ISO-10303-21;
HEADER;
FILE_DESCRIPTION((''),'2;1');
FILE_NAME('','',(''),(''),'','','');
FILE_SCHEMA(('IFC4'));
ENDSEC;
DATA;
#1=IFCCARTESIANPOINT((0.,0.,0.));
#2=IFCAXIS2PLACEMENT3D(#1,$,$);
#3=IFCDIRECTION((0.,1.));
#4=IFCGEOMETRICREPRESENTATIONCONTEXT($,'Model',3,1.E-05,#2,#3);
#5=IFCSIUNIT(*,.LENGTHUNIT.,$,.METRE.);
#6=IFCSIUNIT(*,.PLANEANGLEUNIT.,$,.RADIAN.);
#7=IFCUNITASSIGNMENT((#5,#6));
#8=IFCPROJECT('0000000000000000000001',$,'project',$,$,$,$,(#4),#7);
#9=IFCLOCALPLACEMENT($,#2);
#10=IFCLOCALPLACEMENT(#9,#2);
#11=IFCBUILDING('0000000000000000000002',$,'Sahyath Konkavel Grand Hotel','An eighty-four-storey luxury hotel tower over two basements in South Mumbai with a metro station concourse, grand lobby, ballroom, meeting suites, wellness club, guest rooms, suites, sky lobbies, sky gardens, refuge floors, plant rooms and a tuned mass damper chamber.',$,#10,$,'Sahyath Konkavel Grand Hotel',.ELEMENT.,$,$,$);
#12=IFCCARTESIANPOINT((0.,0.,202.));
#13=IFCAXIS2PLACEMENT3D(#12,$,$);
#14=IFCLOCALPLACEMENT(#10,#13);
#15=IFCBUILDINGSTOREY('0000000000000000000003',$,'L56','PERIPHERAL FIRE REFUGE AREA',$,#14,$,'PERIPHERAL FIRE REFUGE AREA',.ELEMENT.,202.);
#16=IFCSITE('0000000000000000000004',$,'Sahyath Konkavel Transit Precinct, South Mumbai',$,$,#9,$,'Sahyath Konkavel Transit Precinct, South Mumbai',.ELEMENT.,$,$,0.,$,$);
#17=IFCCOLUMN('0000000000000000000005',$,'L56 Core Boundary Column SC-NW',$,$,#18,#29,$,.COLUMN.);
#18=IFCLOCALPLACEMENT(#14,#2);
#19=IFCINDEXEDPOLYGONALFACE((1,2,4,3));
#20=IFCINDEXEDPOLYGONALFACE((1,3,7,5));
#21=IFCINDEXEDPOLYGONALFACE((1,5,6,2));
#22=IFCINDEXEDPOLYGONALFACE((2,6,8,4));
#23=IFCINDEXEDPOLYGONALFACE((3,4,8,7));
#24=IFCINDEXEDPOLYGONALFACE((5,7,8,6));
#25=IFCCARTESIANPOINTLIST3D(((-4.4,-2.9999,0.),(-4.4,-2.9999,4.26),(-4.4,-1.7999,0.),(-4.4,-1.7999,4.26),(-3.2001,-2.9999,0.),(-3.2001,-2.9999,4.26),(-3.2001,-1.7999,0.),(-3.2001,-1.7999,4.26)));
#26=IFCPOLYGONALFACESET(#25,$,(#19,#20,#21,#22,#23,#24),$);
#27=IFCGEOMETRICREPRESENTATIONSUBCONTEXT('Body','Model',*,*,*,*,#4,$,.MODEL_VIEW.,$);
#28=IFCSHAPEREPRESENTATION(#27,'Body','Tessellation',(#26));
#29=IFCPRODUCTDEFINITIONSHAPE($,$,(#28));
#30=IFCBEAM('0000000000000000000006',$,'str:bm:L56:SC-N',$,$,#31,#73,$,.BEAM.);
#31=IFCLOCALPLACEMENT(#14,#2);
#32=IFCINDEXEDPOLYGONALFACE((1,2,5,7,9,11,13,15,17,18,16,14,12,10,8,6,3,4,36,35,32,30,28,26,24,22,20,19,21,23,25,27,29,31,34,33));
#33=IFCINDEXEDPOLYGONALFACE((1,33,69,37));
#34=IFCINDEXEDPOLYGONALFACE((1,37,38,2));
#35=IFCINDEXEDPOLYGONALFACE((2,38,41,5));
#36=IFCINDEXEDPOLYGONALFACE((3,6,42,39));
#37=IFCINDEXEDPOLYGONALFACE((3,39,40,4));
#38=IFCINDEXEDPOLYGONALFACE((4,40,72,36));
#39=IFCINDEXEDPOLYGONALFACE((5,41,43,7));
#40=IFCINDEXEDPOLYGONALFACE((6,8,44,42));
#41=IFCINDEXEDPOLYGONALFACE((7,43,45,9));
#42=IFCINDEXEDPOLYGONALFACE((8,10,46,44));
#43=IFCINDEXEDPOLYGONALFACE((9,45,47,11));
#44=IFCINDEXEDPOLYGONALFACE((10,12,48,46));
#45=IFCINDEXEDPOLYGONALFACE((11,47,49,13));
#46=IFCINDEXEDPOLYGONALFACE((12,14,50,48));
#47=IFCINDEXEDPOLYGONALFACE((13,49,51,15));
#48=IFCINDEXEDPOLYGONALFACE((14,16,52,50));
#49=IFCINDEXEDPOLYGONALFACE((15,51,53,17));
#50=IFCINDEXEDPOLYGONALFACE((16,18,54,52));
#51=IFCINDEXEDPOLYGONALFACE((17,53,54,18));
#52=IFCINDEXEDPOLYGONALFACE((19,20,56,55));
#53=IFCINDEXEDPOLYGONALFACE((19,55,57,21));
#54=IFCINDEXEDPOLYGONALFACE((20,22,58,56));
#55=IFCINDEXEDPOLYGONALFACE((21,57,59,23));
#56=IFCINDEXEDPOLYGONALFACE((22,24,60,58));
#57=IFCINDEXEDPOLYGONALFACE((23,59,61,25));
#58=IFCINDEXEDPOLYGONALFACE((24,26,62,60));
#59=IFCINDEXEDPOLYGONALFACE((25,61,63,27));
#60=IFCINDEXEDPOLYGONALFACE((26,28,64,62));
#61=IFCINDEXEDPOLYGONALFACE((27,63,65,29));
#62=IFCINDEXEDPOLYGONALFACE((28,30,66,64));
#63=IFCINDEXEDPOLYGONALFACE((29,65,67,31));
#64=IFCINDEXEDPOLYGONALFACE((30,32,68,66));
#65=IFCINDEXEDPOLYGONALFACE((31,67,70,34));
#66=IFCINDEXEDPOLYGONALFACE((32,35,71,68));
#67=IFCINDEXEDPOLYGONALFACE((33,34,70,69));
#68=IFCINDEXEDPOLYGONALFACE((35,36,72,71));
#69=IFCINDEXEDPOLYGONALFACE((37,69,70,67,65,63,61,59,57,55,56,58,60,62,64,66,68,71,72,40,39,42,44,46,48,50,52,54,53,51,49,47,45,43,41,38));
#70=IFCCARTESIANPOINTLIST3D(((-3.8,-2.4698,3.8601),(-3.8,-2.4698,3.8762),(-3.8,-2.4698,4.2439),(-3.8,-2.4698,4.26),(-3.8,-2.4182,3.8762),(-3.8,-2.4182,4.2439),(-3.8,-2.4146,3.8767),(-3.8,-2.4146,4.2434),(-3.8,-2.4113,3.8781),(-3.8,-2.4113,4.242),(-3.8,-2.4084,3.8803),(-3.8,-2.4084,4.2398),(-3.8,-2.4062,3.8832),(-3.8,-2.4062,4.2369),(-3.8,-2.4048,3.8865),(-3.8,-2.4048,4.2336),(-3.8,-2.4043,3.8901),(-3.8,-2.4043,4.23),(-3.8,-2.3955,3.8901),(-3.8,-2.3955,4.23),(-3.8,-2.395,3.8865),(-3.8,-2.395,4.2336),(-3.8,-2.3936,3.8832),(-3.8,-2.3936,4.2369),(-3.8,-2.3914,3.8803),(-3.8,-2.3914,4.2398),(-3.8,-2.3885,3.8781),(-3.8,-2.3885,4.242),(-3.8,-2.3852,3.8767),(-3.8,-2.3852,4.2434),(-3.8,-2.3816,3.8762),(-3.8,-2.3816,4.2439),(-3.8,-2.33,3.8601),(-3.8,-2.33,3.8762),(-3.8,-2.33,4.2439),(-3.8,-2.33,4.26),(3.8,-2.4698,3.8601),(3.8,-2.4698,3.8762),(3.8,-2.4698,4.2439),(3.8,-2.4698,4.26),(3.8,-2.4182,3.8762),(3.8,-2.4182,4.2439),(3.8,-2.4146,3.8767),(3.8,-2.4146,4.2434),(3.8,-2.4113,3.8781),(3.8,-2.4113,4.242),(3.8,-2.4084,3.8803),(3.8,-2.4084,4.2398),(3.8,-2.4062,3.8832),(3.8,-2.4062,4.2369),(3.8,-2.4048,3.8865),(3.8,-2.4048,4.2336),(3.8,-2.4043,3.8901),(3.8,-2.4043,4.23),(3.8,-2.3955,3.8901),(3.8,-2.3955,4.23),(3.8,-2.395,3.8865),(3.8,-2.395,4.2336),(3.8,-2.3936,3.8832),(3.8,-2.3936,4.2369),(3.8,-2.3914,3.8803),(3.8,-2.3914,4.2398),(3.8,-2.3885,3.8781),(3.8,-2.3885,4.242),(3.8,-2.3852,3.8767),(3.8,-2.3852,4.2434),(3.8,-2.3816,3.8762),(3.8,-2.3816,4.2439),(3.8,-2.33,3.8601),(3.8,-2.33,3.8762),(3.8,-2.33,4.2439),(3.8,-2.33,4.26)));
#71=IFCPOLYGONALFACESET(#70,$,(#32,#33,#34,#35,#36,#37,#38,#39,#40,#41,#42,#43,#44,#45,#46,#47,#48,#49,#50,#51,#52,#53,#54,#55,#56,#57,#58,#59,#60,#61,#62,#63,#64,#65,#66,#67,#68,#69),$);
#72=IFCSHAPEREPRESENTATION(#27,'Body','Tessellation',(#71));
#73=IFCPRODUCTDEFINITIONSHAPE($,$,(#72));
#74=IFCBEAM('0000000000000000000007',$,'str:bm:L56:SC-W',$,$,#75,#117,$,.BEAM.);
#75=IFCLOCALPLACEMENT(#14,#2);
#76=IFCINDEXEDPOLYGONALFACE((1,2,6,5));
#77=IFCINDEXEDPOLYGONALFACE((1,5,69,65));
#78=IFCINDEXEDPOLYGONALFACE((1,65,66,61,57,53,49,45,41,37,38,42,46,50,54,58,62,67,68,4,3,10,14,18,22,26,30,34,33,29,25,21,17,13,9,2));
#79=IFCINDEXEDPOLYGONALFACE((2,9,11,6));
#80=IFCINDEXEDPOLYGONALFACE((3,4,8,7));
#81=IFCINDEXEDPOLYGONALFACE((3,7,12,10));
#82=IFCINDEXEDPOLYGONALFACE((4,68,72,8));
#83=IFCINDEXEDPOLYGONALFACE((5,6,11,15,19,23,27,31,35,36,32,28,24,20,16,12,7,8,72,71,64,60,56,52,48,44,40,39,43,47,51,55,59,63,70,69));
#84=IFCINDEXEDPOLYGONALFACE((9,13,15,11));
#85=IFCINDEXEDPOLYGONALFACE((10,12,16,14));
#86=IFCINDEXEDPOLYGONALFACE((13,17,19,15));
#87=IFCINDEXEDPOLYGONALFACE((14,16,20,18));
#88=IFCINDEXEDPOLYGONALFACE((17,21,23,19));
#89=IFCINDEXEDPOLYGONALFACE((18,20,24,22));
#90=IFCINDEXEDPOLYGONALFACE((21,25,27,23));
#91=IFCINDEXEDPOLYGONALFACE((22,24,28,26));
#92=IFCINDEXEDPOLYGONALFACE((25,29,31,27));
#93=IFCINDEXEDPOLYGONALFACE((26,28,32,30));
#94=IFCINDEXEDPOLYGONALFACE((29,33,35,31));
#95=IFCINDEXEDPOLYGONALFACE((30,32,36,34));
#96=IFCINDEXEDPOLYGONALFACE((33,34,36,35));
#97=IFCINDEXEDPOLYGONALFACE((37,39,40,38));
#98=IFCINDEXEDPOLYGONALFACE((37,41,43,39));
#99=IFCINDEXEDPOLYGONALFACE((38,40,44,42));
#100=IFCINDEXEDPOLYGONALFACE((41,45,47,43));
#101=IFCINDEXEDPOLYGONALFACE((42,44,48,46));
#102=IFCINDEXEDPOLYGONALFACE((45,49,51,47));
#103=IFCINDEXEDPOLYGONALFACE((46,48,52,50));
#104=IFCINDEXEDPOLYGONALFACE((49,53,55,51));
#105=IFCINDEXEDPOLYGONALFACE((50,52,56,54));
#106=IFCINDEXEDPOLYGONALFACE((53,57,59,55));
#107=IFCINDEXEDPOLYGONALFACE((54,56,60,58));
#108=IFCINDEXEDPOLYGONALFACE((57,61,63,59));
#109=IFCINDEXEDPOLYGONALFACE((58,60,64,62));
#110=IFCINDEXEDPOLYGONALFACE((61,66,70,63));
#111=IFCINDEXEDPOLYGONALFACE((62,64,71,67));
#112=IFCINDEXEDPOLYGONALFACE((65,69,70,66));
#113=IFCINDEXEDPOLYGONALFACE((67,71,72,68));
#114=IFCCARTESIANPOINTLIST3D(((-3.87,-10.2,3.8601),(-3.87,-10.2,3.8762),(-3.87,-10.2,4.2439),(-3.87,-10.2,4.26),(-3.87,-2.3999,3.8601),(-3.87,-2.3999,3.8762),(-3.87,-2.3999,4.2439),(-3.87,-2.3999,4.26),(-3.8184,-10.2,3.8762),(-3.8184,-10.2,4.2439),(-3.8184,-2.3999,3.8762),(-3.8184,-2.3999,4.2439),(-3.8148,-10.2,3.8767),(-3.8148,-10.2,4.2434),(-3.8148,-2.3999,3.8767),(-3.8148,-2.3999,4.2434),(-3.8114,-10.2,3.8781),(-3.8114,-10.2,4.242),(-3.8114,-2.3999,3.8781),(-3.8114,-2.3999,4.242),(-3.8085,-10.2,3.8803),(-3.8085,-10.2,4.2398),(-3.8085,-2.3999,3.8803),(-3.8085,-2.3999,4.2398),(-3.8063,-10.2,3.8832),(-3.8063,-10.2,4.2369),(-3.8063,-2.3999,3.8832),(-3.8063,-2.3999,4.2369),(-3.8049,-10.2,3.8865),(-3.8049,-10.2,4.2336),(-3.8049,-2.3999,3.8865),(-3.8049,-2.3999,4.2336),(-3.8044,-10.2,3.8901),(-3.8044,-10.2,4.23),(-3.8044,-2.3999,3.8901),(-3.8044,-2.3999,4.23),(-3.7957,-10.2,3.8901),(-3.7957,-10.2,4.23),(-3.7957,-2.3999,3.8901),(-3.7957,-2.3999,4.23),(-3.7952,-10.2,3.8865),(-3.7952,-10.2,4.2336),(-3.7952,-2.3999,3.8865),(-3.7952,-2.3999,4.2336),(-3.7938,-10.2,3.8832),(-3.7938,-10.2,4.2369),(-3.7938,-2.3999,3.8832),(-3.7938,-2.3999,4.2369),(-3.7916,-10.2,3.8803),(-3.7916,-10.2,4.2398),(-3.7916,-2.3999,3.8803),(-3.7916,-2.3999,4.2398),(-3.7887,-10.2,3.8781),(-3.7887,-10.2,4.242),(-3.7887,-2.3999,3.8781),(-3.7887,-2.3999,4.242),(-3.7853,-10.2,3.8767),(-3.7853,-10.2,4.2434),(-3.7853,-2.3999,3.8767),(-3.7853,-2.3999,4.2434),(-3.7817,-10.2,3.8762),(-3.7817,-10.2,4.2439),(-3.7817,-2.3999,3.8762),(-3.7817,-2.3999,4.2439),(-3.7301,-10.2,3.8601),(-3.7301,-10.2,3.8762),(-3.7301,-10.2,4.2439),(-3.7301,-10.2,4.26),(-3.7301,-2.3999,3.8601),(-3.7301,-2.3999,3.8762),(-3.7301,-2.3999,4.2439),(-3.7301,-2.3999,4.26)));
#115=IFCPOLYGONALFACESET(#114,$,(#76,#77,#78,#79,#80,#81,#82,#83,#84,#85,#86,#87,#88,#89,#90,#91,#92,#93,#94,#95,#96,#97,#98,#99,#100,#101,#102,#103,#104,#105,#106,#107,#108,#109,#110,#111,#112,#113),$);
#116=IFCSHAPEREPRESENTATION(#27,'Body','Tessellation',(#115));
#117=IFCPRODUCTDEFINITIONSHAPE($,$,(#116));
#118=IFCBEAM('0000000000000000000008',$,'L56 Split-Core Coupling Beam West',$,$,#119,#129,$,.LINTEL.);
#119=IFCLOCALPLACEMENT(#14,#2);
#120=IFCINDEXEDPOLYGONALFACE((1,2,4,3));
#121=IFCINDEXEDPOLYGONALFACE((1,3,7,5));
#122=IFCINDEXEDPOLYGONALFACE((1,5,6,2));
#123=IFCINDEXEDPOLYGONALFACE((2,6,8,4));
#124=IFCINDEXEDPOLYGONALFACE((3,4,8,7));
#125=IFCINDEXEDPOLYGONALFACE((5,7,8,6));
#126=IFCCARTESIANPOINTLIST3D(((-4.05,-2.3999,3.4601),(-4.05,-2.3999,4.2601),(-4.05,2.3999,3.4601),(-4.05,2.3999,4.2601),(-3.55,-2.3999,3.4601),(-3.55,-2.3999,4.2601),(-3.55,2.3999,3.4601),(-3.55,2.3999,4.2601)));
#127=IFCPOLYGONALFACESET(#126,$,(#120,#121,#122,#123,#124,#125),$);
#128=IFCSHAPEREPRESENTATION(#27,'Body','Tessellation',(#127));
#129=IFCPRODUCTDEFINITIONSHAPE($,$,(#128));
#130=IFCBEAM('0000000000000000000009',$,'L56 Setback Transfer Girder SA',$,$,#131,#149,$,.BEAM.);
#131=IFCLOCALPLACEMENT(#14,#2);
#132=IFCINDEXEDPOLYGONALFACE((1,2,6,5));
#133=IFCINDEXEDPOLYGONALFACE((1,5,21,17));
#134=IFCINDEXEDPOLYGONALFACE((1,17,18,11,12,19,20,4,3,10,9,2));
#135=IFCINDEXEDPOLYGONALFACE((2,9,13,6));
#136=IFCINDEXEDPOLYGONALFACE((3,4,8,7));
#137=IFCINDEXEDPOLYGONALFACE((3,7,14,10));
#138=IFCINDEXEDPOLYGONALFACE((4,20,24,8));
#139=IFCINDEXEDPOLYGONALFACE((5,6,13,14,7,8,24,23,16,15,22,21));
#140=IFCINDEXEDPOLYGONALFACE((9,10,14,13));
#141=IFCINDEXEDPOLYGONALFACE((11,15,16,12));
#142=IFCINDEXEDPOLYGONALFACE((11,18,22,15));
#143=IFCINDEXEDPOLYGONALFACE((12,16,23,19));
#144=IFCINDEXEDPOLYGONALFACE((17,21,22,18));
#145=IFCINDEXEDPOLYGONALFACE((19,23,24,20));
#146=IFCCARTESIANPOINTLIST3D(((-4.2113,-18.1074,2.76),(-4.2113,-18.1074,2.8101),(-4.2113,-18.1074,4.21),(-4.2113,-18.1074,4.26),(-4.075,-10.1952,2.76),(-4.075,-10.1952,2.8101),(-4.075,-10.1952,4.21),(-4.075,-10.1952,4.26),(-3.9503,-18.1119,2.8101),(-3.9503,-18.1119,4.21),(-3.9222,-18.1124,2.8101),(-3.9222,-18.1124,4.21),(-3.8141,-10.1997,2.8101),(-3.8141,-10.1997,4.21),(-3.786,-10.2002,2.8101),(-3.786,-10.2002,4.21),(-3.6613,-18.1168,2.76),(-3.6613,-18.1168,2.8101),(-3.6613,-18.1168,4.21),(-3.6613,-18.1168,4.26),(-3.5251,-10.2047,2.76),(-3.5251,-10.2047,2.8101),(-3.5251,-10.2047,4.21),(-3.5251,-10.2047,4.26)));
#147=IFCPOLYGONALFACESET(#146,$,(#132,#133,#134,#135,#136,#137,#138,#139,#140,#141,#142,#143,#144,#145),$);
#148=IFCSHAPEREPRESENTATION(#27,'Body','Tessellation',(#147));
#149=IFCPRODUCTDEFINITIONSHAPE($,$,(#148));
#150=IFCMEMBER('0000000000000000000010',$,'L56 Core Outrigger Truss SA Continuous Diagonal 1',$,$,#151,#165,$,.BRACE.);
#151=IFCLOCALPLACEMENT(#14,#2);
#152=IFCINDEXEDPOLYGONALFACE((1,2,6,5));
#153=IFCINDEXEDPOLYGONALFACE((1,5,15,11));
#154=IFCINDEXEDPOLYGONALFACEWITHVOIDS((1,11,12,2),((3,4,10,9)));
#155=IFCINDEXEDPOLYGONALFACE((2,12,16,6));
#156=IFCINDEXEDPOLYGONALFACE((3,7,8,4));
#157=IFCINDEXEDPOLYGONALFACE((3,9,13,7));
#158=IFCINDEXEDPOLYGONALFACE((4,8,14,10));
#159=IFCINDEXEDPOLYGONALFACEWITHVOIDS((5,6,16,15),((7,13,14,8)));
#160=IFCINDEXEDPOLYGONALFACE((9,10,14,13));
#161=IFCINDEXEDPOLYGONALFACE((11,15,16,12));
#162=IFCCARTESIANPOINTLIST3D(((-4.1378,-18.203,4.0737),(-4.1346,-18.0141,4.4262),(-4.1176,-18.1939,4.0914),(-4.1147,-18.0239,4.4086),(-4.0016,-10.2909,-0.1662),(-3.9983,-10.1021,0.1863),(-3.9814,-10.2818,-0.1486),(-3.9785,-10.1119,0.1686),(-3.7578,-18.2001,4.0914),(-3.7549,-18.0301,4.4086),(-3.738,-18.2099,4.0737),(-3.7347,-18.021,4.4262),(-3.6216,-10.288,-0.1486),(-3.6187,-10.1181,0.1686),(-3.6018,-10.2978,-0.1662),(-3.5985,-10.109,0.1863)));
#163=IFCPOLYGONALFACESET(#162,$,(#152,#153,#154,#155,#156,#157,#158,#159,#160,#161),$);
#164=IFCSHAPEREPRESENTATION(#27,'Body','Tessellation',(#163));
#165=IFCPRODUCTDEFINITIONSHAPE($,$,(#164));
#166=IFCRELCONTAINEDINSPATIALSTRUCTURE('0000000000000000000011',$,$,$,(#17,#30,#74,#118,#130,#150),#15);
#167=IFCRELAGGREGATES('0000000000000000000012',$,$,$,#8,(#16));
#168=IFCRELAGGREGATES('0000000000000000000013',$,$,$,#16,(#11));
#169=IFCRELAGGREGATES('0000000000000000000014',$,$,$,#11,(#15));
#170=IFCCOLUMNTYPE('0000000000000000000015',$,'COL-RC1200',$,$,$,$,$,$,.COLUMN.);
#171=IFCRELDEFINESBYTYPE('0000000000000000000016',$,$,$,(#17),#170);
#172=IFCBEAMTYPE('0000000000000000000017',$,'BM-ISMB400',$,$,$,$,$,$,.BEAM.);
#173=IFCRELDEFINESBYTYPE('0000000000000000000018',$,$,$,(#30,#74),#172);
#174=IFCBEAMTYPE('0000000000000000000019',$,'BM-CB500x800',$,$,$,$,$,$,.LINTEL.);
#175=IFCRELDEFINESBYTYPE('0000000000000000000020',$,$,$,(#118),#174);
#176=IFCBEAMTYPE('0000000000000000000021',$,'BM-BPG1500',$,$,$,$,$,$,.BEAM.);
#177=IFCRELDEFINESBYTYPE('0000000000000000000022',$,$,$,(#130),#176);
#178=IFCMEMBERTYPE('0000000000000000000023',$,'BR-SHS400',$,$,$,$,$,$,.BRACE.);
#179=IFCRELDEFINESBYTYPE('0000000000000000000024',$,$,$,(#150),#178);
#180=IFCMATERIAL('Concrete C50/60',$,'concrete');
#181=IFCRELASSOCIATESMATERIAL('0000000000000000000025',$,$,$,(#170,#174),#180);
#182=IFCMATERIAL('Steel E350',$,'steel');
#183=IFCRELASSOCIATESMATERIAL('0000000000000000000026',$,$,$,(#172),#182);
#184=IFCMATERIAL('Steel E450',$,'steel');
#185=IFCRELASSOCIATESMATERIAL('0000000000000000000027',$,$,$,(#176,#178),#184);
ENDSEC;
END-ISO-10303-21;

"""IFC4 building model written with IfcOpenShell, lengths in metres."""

from ifc_helpers import new_model, si_unit, direction, frame, origin, origin_2d, place, context, subcontext, project, spatial, rectangle, hollow_rectangle, i_section, extrude, source, transform, mapped, material, material_profile, profile_set, type_object, element, save


model = new_model("IFC4")

# Units and contexts
model_context = context("Model", 3, precision=1e-05, world=origin(), true_north=direction((0.0, 1.0)))
body_context = subcontext(model_context, "Body", "Model", "MODEL_VIEW")
ifc_project = project(units=[si_unit("LENGTHUNIT", "METRE"), si_unit("PLANEANGLEUNIT", "RADIAN")], contexts=[model_context])

# Site, building, storey
site_placement = place(None, origin())
site = spatial("IfcSite", under=ifc_project, at=site_placement, Name="Sahyath Konkavel Transit Precinct, South Mumbai", LongName="Sahyath Konkavel Transit Precinct, South Mumbai", CompositionType="ELEMENT", RefElevation=0.0)
building_placement = place(site_placement, origin())
building = spatial("IfcBuilding", under=site, at=building_placement, Name="Sahyath Konkavel Grand Hotel", Description="An eighty-four-storey luxury hotel tower over two basements in South Mumbai with a metro station concourse, grand lobby, ballroom, meeting suites, wellness club, guest rooms, suites, sky lobbies, sky gardens, refuge floors, plant rooms and a tuned mass damper chamber.", LongName="Sahyath Konkavel Grand Hotel", CompositionType="ELEMENT")
storey_placement = place(building_placement, frame((0.0, 0.0, 202.0)))
storey = spatial("IfcBuildingStorey", under=building, at=storey_placement, Name="L56", Description="PERIPHERAL FIRE REFUGE AREA", LongName="PERIPHERAL FIRE REFUGE AREA", CompositionType="ELEMENT", Elevation=202.0)

# Column
ifc_material_1 = material(Name="Concrete C50/60", Category="concrete")
ifc_material_profile_1 = material_profile(ifc_material_1, rectangle(XDim=1.2, YDim=1.2, at=origin_2d()), Name="RC 1200x1200")
ifc_profile_set_1 = profile_set([ifc_material_profile_1], Name="Concrete C50/60")
column_type = type_object("IfcColumnType", Name="COL-RC1200", PredefinedType="COLUMN", material=ifc_profile_set_1)
shared_shape_1 = source(origin(), body_context, "Body", "SweptSolid", [
    extrude(rectangle(XDim=1.2, YDim=1.2, at=origin_2d()), origin(), (0.0, 0.0, 1.0), 4.26),
])
column_placement = place(storey_placement, frame((-3.8, -2.3999, 0.0), z_axis=(0.0, 0.0, 1.0), x_axis=(1.0, 0.0, 0.0)))
element("IfcColumn", 1, at=column_placement, inside=storey, type_object=column_type, Name="L56 Core Boundary Column SC-NW", PredefinedType="COLUMN", context=body_context, shape_type="MappedRepresentation", body=[
    mapped(shared_shape_1, transform((0.0, 0.0, 0.0), scale=1.0)),
])

# Beams
ifc_material_2 = material(Name="Steel E350", Category="steel")
ifc_material_profile_2 = material_profile(ifc_material_2, i_section(OverallWidth=0.1399, OverallDepth=0.3999, WebThickness=0.0088, FlangeThickness=0.0161, FilletRadius=0.0139, at=origin_2d()), Name="ISMB 400")
ifc_profile_set_2 = profile_set([ifc_material_profile_2], Name="Steel E350")
beam_type_1 = type_object("IfcBeamType", Name="BM-ISMB400", PredefinedType="BEAM", material=ifc_profile_set_2)
shared_shape_2 = source(origin(), body_context, "Body", "SweptSolid", [
    extrude(i_section(OverallWidth=0.1399, OverallDepth=0.3999, WebThickness=0.0088, FlangeThickness=0.0161, FilletRadius=0.0139, at=origin_2d()), origin(), (0.0, 0.0, 1.0), 7.6001),
])
beam_1_placement = place(storey_placement, frame((-3.8, -2.3999, 4.0601), z_axis=(1.0, 0.0, 0.0), x_axis=(0.0, 1.0, 0.0)))
element("IfcBeam", 2, at=beam_1_placement, inside=storey, type_object=beam_type_1, Name="str:bm:L56:SC-N", PredefinedType="BEAM", context=body_context, shape_type="MappedRepresentation", body=[
    mapped(shared_shape_2, transform((0.0, 0.0, 0.0), scale=1.0)),
])
shared_shape_3 = source(origin(), body_context, "Body", "SweptSolid", [
    extrude(i_section(OverallWidth=0.1399, OverallDepth=0.3999, WebThickness=0.0088, FlangeThickness=0.0161, FilletRadius=0.0139, at=origin_2d()), origin(), (0.0, 0.0, 1.0), 7.8),
])
beam_2_placement = place(storey_placement, frame((-3.8, -10.2, 4.0601), z_axis=(0.0, 1.0, 0.0), x_axis=(-1.0, 0.0, 0.0)))
element("IfcBeam", 3, at=beam_2_placement, inside=storey, type_object=beam_type_1, Name="str:bm:L56:SC-W", PredefinedType="BEAM", context=body_context, shape_type="MappedRepresentation", body=[
    mapped(shared_shape_3, transform((0.0, 0.0, 0.0), scale=1.0)),
])
ifc_material_profile_3 = material_profile(ifc_material_1, rectangle(XDim=0.5, YDim=0.8, at=origin_2d()), Name="RC 500x800")
ifc_profile_set_3 = profile_set([ifc_material_profile_3], Name="Concrete C50/60")
beam_type_2 = type_object("IfcBeamType", Name="BM-CB500x800", PredefinedType="LINTEL", material=ifc_profile_set_3)
shared_shape_4 = source(origin(), body_context, "Body", "SweptSolid", [
    extrude(rectangle(XDim=0.5, YDim=0.8, at=origin_2d()), origin(), (0.0, 0.0, 1.0), 4.7998),
])
beam_3_placement = place(storey_placement, frame((-3.8, -2.3999, 3.8601), z_axis=(0.0, 1.0, 0.0), x_axis=(-1.0, 0.0, 0.0)))
element("IfcBeam", 4, at=beam_3_placement, inside=storey, type_object=beam_type_2, Name="L56 Split-Core Coupling Beam West", PredefinedType="LINTEL", context=body_context, shape_type="MappedRepresentation", body=[
    mapped(shared_shape_4, transform((0.0, 0.0, 0.0), scale=1.0)),
])
ifc_material_3 = material(Name="Steel E450", Category="steel")
ifc_material_profile_4 = material_profile(ifc_material_3, i_section(OverallWidth=0.55, OverallDepth=1.5, WebThickness=0.0281, FlangeThickness=0.05, at=origin_2d()), Name="BPG 1500x550")
ifc_profile_set_4 = profile_set([ifc_material_profile_4], Name="Steel E450")
beam_type_3 = type_object("IfcBeamType", Name="BM-BPG1500", PredefinedType="BEAM", material=ifc_profile_set_4)
shared_shape_5 = source(origin(), body_context, "Body", "SweptSolid", [
    extrude(i_section(OverallWidth=0.55, OverallDepth=1.5, WebThickness=0.0281, FlangeThickness=0.05, at=origin_2d()), origin(), (0.0, 0.0, 1.0), 7.9133),
])
beam_4_placement = place(storey_placement, frame((-3.8, -10.2, 3.51), z_axis=(-0.017215, -0.999852, 0.0), x_axis=(0.999852, -0.017215, 0.0)))
element("IfcBeam", 5, at=beam_4_placement, inside=storey, type_object=beam_type_3, Name="L56 Setback Transfer Girder SA", PredefinedType="BEAM", context=body_context, shape_type="MappedRepresentation", body=[
    mapped(shared_shape_5, transform((0.0, 0.0, 0.0), scale=1.0)),
])

# Member
ifc_material_profile_5 = material_profile(ifc_material_3, hollow_rectangle(XDim=0.3999, YDim=0.3999, WallThickness=0.02, at=origin_2d()), Name="SHS 400x400x20")
ifc_profile_set_5 = profile_set([ifc_material_profile_5], Name="Steel E450")
member_type = type_object("IfcMemberType", Name="BR-SHS400", PredefinedType="BRACE", material=ifc_profile_set_5)
shared_shape_6 = source(origin(), body_context, "Body", "SweptSolid", [
    extrude(hollow_rectangle(XDim=0.3999, YDim=0.3999, WallThickness=0.02, at=origin_2d()), origin(), (0.0, 0.0, 1.0), 8.9775),
])
member_placement = place(storey_placement, frame((-3.8, -10.2, 0.01), z_axis=(-0.015174, -0.881315, 0.472285), x_axis=(0.999852, -0.017215, 0.0)))
element("IfcMember", 6, at=member_placement, inside=storey, type_object=member_type, Name="L56 Core Outrigger Truss SA Continuous Diagonal 1", PredefinedType="BRACE", context=body_context, shape_type="MappedRepresentation", body=[
    mapped(shared_shape_6, transform((0.0, 0.0, 0.0), scale=1.0)),
])

save(model, "model.ifc")
